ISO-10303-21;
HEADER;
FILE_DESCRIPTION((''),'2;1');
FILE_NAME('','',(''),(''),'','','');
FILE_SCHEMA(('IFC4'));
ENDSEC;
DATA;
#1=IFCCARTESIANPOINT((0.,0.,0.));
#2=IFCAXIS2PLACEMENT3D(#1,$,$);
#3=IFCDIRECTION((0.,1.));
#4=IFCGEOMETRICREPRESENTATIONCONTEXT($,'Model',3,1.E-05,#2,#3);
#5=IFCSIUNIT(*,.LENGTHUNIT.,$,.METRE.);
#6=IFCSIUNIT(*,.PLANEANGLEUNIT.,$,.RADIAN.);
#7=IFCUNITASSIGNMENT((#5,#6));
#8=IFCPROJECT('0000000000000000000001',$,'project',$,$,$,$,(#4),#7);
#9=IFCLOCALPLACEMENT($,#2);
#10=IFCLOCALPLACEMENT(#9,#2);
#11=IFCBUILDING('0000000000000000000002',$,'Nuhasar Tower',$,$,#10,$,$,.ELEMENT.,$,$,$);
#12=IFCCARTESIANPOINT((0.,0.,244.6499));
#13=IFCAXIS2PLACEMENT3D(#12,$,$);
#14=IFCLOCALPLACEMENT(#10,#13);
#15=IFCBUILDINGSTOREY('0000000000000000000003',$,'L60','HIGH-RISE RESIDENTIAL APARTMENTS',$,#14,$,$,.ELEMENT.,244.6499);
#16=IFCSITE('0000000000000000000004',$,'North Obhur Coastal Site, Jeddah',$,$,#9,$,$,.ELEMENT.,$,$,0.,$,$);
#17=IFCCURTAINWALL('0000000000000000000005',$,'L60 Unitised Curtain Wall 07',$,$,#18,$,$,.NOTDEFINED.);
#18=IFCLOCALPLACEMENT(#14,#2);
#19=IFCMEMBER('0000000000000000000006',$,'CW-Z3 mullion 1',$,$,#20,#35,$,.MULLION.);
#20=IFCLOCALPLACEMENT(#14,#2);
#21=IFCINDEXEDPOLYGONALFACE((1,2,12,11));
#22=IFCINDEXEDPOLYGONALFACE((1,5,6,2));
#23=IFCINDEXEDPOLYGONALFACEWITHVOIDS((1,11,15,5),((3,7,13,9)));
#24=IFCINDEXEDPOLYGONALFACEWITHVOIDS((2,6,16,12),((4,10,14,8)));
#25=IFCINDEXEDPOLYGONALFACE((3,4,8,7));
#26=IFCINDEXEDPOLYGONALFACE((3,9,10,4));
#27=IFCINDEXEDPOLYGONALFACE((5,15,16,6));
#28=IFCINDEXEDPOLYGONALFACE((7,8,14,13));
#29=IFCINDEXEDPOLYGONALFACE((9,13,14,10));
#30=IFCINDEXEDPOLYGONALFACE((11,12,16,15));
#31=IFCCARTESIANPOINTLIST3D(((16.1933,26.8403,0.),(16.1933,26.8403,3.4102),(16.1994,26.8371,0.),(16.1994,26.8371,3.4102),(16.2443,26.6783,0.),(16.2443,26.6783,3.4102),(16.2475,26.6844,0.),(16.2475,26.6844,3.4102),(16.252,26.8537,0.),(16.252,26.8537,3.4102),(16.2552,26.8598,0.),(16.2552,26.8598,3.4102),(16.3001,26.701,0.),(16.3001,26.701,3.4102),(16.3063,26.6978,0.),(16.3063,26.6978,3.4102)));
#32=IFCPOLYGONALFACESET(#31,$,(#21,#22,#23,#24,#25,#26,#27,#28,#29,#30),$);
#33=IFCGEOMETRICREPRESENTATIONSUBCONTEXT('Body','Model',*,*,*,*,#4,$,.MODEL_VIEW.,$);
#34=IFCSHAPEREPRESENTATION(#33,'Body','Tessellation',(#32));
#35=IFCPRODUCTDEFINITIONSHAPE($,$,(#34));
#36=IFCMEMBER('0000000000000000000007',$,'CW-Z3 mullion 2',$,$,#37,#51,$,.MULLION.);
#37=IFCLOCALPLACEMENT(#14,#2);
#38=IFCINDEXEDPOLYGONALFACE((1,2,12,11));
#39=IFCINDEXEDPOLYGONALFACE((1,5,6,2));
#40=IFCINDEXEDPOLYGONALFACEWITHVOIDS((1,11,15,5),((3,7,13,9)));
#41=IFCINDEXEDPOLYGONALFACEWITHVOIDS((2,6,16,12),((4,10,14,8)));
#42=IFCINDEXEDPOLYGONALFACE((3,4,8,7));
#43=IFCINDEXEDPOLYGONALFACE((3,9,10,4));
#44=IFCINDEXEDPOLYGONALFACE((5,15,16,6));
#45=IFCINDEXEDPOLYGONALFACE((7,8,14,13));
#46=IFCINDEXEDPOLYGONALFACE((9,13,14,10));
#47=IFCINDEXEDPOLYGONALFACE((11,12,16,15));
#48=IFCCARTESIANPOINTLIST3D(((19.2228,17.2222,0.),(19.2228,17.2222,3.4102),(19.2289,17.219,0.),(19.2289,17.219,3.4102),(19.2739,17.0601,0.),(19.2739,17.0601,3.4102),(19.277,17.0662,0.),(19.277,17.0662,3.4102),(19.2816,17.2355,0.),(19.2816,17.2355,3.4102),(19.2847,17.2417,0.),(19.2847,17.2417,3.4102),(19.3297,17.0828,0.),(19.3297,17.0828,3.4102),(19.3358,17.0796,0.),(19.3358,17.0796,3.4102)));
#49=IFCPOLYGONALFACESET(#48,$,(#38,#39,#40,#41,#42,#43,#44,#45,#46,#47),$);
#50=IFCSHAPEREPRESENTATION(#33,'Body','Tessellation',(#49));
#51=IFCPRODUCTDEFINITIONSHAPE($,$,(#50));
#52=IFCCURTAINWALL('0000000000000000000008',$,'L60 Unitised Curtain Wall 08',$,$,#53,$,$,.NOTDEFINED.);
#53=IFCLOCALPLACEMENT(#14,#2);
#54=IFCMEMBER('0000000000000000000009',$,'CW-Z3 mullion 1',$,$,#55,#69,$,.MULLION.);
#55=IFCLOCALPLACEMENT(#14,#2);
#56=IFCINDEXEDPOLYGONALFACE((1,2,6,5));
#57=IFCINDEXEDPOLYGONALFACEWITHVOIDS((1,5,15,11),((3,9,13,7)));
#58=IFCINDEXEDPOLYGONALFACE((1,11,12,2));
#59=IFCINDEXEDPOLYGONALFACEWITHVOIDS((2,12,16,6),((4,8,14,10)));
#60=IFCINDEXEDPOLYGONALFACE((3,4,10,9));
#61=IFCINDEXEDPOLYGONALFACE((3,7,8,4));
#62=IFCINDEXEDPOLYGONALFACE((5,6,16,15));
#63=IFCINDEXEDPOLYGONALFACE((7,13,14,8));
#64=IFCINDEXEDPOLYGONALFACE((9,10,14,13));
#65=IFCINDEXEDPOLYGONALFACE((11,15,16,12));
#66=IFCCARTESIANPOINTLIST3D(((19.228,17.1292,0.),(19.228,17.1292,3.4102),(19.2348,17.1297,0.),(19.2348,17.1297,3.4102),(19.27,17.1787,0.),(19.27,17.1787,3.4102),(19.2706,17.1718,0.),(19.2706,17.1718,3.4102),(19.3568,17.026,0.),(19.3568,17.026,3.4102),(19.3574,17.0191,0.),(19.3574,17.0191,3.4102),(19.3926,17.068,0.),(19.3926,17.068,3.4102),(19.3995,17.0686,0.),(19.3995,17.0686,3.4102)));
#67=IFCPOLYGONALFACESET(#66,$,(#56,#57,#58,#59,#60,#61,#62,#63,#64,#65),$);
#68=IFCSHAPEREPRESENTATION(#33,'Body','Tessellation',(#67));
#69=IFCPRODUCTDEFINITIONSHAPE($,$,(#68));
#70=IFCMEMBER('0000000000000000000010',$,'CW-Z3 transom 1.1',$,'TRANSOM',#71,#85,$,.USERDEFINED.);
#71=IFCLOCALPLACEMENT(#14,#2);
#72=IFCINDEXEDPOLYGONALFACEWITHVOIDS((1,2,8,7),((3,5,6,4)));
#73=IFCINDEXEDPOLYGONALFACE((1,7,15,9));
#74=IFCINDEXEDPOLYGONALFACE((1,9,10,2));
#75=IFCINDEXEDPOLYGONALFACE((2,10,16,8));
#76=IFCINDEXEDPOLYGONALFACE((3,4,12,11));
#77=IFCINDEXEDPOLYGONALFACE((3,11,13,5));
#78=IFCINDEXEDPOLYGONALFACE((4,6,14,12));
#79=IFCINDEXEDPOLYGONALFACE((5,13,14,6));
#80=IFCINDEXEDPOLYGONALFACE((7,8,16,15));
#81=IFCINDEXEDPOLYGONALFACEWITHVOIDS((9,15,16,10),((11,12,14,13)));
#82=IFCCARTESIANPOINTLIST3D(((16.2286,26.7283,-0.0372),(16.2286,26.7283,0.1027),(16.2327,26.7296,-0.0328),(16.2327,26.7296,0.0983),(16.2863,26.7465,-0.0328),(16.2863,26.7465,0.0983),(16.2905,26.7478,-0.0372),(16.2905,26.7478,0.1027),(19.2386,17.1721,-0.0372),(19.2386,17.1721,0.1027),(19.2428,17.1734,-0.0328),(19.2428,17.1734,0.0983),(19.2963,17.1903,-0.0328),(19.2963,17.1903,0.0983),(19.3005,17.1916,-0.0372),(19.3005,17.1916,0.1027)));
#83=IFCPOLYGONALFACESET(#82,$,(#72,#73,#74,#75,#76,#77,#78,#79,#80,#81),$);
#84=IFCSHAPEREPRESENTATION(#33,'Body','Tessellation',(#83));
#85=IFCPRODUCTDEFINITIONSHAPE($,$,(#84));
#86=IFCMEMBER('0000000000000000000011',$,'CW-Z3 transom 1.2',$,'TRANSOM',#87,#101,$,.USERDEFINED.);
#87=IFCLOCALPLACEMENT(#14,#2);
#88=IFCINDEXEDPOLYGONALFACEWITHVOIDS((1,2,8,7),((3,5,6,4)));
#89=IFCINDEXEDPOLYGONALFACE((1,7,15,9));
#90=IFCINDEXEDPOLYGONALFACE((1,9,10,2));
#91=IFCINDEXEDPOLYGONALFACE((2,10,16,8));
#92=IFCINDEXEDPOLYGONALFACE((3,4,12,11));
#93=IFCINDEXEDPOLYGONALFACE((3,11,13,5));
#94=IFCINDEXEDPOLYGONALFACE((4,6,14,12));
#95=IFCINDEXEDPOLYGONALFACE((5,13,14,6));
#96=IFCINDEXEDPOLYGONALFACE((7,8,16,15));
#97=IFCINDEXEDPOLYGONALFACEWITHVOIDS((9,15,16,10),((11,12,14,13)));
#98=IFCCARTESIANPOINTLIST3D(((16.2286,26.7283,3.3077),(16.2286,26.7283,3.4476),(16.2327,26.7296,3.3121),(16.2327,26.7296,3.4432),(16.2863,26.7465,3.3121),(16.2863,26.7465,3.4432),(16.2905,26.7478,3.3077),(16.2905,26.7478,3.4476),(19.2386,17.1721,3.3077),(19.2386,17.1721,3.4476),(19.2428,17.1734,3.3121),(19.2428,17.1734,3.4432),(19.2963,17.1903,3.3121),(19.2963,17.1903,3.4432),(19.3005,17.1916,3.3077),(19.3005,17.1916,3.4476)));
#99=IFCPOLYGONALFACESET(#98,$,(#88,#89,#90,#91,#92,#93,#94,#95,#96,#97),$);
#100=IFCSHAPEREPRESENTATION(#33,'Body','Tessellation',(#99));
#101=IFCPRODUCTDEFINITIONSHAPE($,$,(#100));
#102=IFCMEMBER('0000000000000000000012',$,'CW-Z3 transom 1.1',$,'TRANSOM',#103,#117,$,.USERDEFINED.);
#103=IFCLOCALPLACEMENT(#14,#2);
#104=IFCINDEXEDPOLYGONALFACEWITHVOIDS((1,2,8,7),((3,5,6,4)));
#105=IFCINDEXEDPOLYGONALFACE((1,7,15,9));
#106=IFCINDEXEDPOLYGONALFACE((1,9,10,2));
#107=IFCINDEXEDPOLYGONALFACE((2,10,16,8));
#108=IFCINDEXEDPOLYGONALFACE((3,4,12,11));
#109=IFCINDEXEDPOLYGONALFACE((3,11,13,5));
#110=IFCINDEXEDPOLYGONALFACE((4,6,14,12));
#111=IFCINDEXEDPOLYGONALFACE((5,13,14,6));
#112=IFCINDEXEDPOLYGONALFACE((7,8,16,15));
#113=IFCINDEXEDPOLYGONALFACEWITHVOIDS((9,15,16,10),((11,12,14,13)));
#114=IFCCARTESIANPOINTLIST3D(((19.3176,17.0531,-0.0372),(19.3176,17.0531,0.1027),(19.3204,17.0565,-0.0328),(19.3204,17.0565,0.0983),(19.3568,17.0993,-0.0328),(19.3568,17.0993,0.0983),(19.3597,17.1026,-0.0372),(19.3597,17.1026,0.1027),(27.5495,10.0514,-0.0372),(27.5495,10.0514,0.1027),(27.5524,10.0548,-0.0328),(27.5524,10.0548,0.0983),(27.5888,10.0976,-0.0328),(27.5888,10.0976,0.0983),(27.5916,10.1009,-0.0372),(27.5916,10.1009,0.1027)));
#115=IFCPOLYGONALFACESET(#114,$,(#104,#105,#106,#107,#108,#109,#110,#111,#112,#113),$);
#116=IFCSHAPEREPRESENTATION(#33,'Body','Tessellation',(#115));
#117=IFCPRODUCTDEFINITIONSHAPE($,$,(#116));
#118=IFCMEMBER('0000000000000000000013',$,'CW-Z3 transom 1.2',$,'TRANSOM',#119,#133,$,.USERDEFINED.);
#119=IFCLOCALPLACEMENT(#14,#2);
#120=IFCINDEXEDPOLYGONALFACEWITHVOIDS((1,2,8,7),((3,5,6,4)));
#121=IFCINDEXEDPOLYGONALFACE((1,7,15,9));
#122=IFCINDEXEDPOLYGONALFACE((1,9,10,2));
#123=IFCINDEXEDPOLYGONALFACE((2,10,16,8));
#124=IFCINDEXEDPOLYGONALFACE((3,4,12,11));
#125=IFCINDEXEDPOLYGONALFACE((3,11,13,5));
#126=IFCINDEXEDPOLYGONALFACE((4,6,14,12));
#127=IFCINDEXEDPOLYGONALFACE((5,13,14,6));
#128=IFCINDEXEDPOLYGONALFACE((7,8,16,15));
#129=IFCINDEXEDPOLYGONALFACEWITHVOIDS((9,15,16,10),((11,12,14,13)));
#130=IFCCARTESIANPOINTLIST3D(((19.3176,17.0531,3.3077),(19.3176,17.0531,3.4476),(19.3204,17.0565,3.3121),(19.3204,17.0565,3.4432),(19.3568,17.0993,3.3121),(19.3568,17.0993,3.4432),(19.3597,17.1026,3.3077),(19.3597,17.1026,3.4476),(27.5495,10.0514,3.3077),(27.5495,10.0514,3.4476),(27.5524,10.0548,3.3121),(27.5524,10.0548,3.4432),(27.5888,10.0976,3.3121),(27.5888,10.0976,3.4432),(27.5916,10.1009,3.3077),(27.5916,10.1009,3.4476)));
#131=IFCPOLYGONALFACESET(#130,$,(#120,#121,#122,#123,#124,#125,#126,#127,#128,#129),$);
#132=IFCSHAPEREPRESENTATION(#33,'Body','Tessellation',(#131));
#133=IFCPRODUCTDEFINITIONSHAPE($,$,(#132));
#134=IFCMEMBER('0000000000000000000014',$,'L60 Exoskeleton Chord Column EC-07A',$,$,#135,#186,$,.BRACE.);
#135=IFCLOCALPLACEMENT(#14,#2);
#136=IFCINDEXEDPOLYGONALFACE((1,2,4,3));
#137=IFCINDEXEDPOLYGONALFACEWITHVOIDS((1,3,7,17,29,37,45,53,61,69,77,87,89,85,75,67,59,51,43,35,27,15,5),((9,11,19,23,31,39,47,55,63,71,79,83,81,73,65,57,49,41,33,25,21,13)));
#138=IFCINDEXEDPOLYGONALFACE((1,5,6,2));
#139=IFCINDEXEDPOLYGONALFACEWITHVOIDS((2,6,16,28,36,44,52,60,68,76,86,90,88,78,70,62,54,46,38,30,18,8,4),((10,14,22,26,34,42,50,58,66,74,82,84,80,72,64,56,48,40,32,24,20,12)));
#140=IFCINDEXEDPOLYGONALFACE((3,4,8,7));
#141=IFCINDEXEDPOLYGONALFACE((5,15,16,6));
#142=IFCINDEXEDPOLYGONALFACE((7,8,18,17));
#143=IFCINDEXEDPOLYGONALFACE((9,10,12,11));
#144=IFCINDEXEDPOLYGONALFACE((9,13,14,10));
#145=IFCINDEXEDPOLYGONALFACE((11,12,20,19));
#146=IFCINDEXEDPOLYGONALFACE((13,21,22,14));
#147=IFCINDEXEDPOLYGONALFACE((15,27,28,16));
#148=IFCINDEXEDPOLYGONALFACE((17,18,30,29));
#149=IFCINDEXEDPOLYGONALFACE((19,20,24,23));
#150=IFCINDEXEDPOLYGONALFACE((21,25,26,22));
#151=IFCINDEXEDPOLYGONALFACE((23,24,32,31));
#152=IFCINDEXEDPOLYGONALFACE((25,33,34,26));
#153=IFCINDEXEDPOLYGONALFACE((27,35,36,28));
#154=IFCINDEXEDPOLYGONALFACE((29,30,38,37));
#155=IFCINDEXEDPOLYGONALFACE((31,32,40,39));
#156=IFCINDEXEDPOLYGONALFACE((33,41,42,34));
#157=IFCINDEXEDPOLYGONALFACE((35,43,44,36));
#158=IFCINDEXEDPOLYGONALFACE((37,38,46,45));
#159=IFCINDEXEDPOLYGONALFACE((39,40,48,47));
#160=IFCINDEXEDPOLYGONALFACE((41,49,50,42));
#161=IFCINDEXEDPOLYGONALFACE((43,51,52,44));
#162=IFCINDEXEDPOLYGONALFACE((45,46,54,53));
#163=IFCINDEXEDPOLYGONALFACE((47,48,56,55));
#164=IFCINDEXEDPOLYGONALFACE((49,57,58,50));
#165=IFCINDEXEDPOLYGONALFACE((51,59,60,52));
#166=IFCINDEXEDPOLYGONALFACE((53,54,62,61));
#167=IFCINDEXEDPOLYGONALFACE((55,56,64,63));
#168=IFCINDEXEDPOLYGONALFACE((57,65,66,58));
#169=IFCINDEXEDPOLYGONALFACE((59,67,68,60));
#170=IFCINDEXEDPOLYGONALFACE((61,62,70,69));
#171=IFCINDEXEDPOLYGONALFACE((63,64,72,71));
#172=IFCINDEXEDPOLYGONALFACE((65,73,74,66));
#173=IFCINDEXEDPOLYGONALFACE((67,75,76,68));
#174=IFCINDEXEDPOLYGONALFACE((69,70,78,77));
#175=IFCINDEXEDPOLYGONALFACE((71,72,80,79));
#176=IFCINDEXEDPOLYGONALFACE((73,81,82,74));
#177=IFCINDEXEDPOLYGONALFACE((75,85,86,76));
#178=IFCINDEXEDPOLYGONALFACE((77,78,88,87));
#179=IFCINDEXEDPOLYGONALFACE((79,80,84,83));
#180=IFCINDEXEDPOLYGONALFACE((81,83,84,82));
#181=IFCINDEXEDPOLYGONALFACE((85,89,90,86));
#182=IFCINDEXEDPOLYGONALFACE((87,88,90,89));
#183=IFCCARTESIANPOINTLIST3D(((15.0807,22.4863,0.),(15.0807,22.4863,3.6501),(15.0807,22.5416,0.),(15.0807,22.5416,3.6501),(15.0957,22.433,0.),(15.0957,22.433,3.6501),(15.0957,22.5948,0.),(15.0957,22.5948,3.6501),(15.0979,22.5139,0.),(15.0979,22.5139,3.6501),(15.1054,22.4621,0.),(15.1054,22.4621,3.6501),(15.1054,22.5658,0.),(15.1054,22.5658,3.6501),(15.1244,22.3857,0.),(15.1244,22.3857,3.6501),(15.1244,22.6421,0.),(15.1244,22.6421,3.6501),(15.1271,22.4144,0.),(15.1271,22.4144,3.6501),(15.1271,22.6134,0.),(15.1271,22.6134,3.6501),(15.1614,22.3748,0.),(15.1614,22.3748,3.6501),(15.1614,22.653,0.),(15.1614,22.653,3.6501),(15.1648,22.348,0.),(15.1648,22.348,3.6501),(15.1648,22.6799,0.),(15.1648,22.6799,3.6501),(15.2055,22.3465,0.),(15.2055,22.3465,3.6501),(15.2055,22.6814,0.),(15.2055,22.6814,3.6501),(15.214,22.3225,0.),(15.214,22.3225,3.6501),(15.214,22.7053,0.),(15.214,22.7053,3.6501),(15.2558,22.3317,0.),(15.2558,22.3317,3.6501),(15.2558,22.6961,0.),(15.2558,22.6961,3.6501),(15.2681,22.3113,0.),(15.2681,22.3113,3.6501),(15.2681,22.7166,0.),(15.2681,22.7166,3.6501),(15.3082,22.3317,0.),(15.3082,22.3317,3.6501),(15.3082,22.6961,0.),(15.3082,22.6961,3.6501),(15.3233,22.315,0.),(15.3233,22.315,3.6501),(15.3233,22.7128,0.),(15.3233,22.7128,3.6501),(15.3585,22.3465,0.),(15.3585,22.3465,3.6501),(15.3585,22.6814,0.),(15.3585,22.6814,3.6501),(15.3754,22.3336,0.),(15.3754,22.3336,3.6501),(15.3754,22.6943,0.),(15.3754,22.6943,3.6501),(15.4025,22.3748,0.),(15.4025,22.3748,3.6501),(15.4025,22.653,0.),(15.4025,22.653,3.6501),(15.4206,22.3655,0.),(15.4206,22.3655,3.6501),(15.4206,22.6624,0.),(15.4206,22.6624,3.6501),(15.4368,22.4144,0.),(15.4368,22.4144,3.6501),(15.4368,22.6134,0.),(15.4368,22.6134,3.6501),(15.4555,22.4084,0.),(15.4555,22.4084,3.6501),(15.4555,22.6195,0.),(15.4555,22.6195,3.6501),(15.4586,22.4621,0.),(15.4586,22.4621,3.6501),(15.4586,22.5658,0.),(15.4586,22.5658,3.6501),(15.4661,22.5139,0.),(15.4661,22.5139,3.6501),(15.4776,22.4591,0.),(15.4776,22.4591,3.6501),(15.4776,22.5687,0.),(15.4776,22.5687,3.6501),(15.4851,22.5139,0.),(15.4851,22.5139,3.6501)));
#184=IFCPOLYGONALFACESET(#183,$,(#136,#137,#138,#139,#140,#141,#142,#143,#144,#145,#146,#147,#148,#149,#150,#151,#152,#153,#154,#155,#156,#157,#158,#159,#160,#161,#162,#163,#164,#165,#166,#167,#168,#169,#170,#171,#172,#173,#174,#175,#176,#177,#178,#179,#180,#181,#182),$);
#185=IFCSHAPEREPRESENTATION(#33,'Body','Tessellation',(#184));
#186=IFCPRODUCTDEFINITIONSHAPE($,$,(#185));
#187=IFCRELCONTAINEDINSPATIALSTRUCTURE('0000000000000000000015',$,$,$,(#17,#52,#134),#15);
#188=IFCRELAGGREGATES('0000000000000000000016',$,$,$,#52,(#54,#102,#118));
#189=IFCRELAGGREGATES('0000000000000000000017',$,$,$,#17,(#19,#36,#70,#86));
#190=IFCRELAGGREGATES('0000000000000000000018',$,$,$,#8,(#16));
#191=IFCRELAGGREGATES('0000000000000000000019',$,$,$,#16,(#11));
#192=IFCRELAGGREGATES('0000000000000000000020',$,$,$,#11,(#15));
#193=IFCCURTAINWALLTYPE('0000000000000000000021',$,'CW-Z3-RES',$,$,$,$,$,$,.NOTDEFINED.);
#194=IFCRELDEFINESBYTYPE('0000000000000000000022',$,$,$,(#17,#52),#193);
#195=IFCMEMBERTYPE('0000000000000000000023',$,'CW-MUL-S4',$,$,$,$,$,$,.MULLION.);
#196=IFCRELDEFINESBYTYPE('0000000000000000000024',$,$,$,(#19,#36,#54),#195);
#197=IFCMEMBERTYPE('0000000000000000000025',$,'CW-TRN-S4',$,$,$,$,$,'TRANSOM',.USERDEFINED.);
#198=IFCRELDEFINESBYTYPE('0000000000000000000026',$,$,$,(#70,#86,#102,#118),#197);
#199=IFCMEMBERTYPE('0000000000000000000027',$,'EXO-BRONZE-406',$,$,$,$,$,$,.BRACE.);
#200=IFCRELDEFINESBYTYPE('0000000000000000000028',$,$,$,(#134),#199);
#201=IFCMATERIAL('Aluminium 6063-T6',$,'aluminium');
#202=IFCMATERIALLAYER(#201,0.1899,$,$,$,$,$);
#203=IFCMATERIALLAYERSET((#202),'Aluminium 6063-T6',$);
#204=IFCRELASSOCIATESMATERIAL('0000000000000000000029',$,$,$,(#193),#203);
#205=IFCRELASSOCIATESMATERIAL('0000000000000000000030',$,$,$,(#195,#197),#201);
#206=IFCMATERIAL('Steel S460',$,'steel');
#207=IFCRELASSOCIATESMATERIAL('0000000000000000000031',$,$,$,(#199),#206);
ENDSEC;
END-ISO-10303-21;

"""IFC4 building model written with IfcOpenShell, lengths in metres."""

from ifc_helpers import new_model, si_unit, direction, frame, origin, origin_2d, place, context, subcontext, project, spatial, hollow_rectangle, hollow_circle, extrude, material, layer, layer_set, material_profile, profile_set, type_object, element, aggregate, save


model = new_model("IFC4")

# Units and contexts
model_context = context("Model", 3, precision=1e-05, world=origin(), true_north=direction((0.0, 1.0)))
body_context = subcontext(model_context, "Body", "Model", "MODEL_VIEW")
ifc_project = project(units=[si_unit("LENGTHUNIT", "METRE"), si_unit("PLANEANGLEUNIT", "RADIAN")], contexts=[model_context])

# Site, building, storey
site_placement = place(None, origin())
site = spatial("IfcSite", under=ifc_project, at=site_placement, Name="North Obhur Coastal Site, Jeddah", CompositionType="ELEMENT", RefElevation=0.0)
building_placement = place(site_placement, origin())
building = spatial("IfcBuilding", under=site, at=building_placement, Name="Nuhasar Tower", CompositionType="ELEMENT")
storey_placement = place(building_placement, frame((0.0, 0.0, 244.6499)))
storey = spatial("IfcBuildingStorey", under=building, at=storey_placement, Name="L60", Description="HIGH-RISE RESIDENTIAL APARTMENTS", CompositionType="ELEMENT", Elevation=244.6499)

# Curtain wall, members
ifc_material_1 = material(Name="Aluminium 6063-T6", Category="aluminium")
ifc_layer_1 = layer(ifc_material_1, 0.1899)
ifc_layer_set_1 = layer_set([ifc_layer_1], Name="Aluminium 6063-T6")
curtain_wall_type = type_object("IfcCurtainWallType", Name="CW-Z3-RES", PredefinedType="NOTDEFINED", material=ifc_layer_set_1)
curtain_wall_1_placement = place(storey_placement, origin())
curtain_wall_1 = element("IfcCurtainWall", 1, at=curtain_wall_1_placement, inside=storey, type_object=curtain_wall_type, Name="L60 Unitised Curtain Wall 07", PredefinedType="NOTDEFINED")
ifc_material_profile_1 = material_profile(ifc_material_1, hollow_rectangle(XDim=0.0649, YDim=0.1699, WallThickness=0.0049, at=origin_2d()), Name="CWM-4")
ifc_profile_set_1 = profile_set([ifc_material_profile_1], Name="Aluminium 6063-T6")
member_type_1 = type_object("IfcMemberType", Name="CW-MUL-S4", PredefinedType="MULLION", material=ifc_profile_set_1)
member_1_placement = place(storey_placement, frame((16.2498, 26.769, 0.0), z_axis=(0.0, 0.0, 1.0), x_axis=(0.953804, 0.300429, 0.0)))
member_1 = element("IfcMember", 2, at=member_1_placement, type_object=member_type_1, Name="CW-Z3 mullion 1", PredefinedType="MULLION", context=body_context, shape_type="SweptSolid", body=[
    extrude(hollow_rectangle(XDim=0.0649, YDim=0.1699, WallThickness=0.0049, at=origin_2d()), origin(), (0.0, 0.0, 1.0), 3.4102),
])
member_2_placement = place(storey_placement, frame((19.2793, 17.1509, 0.0), z_axis=(0.0, 0.0, 1.0), x_axis=(0.953804, 0.300429, 0.0)))
member_2 = element("IfcMember", 3, at=member_2_placement, type_object=member_type_1, Name="CW-Z3 mullion 2", PredefinedType="MULLION", context=body_context, shape_type="SweptSolid", body=[
    extrude(hollow_rectangle(XDim=0.0649, YDim=0.1699, WallThickness=0.0049, at=origin_2d()), origin(), (0.0, 0.0, 1.0), 3.4102),
])

# Curtain wall, member
curtain_wall_2_placement = place(storey_placement, origin())
curtain_wall_2 = element("IfcCurtainWall", 4, at=curtain_wall_2_placement, inside=storey, type_object=curtain_wall_type, Name="L60 Unitised Curtain Wall 08", PredefinedType="NOTDEFINED")
member_3_placement = place(storey_placement, frame((19.3137, 17.0989, 0.0), z_axis=(0.0, 0.0, 1.0), x_axis=(0.647895, 0.761729, 0.0)))
member_3 = element("IfcMember", 5, at=member_3_placement, type_object=member_type_1, Name="CW-Z3 mullion 1", PredefinedType="MULLION", context=body_context, shape_type="SweptSolid", body=[
    extrude(hollow_rectangle(XDim=0.0649, YDim=0.1699, WallThickness=0.0049, at=origin_2d()), origin(), (0.0, 0.0, 1.0), 3.4102),
])

# Members
ifc_material_profile_2 = material_profile(ifc_material_1, hollow_rectangle(XDim=0.0649, YDim=0.1399, WallThickness=0.0044, at=origin_2d()), Name="CWT-4")
ifc_profile_set_2 = profile_set([ifc_material_profile_2], Name="Aluminium 6063-T6")
member_type_2 = type_object("IfcMemberType", Name="CW-TRN-S4", ElementType="TRANSOM", PredefinedType="USERDEFINED", material=ifc_profile_set_2)
member_4_placement = place(storey_placement, frame((16.2595, 26.738, 0.0327), z_axis=(0.30043, -0.953804, 0.0), x_axis=(0.953804, 0.30043, 0.0)))
member_4 = element("IfcMember", 6, at=member_4_placement, type_object=member_type_2, Name="CW-Z3 transom 1.1", ObjectType="TRANSOM", PredefinedType="USERDEFINED", context=body_context, shape_type="SweptSolid", body=[
    extrude(hollow_rectangle(XDim=0.0649, YDim=0.1399, WallThickness=0.0044, at=origin_2d()), origin(), (0.0, 0.0, 1.0), 10.019),
])
member_5_placement = place(storey_placement, frame((16.2595, 26.738, 3.3777), z_axis=(0.30043, -0.953804, 0.0), x_axis=(0.953804, 0.30043, 0.0)))
member_5 = element("IfcMember", 7, at=member_5_placement, type_object=member_type_2, Name="CW-Z3 transom 1.2", ObjectType="TRANSOM", PredefinedType="USERDEFINED", context=body_context, shape_type="SweptSolid", body=[
    extrude(hollow_rectangle(XDim=0.0649, YDim=0.1399, WallThickness=0.0044, at=origin_2d()), origin(), (0.0, 0.0, 1.0), 10.019),
])
member_6_placement = place(storey_placement, frame((19.3386, 17.0779, 0.0327), z_axis=(0.761731, -0.647894, 0.0), x_axis=(0.647894, 0.761731, 0.0)))
member_6 = element("IfcMember", 8, at=member_6_placement, type_object=member_type_2, Name="CW-Z3 transom 1.1", ObjectType="TRANSOM", PredefinedType="USERDEFINED", context=body_context, shape_type="SweptSolid", body=[
    extrude(hollow_rectangle(XDim=0.0649, YDim=0.1399, WallThickness=0.0044, at=origin_2d()), origin(), (0.0, 0.0, 1.0), 10.8069),
])
member_7_placement = place(storey_placement, frame((19.3386, 17.0779, 3.3777), z_axis=(0.761731, -0.647894, 0.0), x_axis=(0.647894, 0.761731, 0.0)))
member_7 = element("IfcMember", 9, at=member_7_placement, type_object=member_type_2, Name="CW-Z3 transom 1.2", ObjectType="TRANSOM", PredefinedType="USERDEFINED", context=body_context, shape_type="SweptSolid", body=[
    extrude(hollow_rectangle(XDim=0.0649, YDim=0.1399, WallThickness=0.0044, at=origin_2d()), origin(), (0.0, 0.0, 1.0), 10.8069),
])
aggregate(curtain_wall_2, [member_3, member_6, member_7])

# Member
ifc_material_2 = material(Name="Steel S460", Category="steel")
ifc_material_profile_3 = material_profile(ifc_material_2, hollow_circle(Radius=0.2031, WallThickness=0.019, at=origin_2d()), Name="HSS406.4X19.1")
ifc_profile_set_3 = profile_set([ifc_material_profile_3], Name="Steel S460")
member_type_3 = type_object("IfcMemberType", Name="EXO-BRONZE-406", PredefinedType="BRACE", material=ifc_profile_set_3)
for number, where, z_axis, x_axis, name in (
    (10, (15.282, 22.5139, 0.0), (0.0, 0.0, 1.0), (1.0, 0.0, 0.0), "L60 Exoskeleton Chord Column EC-07A"),
):
    element("IfcMember", number, at=place(storey_placement, frame(where, z_axis=z_axis, x_axis=x_axis)), inside=storey, type_object=member_type_3, Name=name, PredefinedType="BRACE", context=body_context, shape_type="SweptSolid", body=[
        extrude(hollow_circle(Radius=0.2031, WallThickness=0.019, at=origin_2d()), origin(), (0.0, 0.0, 1.0), 3.6501),
    ])

aggregate(curtain_wall_1, [member_1, member_2, member_4, member_5])

save(model, "model.ifc")
